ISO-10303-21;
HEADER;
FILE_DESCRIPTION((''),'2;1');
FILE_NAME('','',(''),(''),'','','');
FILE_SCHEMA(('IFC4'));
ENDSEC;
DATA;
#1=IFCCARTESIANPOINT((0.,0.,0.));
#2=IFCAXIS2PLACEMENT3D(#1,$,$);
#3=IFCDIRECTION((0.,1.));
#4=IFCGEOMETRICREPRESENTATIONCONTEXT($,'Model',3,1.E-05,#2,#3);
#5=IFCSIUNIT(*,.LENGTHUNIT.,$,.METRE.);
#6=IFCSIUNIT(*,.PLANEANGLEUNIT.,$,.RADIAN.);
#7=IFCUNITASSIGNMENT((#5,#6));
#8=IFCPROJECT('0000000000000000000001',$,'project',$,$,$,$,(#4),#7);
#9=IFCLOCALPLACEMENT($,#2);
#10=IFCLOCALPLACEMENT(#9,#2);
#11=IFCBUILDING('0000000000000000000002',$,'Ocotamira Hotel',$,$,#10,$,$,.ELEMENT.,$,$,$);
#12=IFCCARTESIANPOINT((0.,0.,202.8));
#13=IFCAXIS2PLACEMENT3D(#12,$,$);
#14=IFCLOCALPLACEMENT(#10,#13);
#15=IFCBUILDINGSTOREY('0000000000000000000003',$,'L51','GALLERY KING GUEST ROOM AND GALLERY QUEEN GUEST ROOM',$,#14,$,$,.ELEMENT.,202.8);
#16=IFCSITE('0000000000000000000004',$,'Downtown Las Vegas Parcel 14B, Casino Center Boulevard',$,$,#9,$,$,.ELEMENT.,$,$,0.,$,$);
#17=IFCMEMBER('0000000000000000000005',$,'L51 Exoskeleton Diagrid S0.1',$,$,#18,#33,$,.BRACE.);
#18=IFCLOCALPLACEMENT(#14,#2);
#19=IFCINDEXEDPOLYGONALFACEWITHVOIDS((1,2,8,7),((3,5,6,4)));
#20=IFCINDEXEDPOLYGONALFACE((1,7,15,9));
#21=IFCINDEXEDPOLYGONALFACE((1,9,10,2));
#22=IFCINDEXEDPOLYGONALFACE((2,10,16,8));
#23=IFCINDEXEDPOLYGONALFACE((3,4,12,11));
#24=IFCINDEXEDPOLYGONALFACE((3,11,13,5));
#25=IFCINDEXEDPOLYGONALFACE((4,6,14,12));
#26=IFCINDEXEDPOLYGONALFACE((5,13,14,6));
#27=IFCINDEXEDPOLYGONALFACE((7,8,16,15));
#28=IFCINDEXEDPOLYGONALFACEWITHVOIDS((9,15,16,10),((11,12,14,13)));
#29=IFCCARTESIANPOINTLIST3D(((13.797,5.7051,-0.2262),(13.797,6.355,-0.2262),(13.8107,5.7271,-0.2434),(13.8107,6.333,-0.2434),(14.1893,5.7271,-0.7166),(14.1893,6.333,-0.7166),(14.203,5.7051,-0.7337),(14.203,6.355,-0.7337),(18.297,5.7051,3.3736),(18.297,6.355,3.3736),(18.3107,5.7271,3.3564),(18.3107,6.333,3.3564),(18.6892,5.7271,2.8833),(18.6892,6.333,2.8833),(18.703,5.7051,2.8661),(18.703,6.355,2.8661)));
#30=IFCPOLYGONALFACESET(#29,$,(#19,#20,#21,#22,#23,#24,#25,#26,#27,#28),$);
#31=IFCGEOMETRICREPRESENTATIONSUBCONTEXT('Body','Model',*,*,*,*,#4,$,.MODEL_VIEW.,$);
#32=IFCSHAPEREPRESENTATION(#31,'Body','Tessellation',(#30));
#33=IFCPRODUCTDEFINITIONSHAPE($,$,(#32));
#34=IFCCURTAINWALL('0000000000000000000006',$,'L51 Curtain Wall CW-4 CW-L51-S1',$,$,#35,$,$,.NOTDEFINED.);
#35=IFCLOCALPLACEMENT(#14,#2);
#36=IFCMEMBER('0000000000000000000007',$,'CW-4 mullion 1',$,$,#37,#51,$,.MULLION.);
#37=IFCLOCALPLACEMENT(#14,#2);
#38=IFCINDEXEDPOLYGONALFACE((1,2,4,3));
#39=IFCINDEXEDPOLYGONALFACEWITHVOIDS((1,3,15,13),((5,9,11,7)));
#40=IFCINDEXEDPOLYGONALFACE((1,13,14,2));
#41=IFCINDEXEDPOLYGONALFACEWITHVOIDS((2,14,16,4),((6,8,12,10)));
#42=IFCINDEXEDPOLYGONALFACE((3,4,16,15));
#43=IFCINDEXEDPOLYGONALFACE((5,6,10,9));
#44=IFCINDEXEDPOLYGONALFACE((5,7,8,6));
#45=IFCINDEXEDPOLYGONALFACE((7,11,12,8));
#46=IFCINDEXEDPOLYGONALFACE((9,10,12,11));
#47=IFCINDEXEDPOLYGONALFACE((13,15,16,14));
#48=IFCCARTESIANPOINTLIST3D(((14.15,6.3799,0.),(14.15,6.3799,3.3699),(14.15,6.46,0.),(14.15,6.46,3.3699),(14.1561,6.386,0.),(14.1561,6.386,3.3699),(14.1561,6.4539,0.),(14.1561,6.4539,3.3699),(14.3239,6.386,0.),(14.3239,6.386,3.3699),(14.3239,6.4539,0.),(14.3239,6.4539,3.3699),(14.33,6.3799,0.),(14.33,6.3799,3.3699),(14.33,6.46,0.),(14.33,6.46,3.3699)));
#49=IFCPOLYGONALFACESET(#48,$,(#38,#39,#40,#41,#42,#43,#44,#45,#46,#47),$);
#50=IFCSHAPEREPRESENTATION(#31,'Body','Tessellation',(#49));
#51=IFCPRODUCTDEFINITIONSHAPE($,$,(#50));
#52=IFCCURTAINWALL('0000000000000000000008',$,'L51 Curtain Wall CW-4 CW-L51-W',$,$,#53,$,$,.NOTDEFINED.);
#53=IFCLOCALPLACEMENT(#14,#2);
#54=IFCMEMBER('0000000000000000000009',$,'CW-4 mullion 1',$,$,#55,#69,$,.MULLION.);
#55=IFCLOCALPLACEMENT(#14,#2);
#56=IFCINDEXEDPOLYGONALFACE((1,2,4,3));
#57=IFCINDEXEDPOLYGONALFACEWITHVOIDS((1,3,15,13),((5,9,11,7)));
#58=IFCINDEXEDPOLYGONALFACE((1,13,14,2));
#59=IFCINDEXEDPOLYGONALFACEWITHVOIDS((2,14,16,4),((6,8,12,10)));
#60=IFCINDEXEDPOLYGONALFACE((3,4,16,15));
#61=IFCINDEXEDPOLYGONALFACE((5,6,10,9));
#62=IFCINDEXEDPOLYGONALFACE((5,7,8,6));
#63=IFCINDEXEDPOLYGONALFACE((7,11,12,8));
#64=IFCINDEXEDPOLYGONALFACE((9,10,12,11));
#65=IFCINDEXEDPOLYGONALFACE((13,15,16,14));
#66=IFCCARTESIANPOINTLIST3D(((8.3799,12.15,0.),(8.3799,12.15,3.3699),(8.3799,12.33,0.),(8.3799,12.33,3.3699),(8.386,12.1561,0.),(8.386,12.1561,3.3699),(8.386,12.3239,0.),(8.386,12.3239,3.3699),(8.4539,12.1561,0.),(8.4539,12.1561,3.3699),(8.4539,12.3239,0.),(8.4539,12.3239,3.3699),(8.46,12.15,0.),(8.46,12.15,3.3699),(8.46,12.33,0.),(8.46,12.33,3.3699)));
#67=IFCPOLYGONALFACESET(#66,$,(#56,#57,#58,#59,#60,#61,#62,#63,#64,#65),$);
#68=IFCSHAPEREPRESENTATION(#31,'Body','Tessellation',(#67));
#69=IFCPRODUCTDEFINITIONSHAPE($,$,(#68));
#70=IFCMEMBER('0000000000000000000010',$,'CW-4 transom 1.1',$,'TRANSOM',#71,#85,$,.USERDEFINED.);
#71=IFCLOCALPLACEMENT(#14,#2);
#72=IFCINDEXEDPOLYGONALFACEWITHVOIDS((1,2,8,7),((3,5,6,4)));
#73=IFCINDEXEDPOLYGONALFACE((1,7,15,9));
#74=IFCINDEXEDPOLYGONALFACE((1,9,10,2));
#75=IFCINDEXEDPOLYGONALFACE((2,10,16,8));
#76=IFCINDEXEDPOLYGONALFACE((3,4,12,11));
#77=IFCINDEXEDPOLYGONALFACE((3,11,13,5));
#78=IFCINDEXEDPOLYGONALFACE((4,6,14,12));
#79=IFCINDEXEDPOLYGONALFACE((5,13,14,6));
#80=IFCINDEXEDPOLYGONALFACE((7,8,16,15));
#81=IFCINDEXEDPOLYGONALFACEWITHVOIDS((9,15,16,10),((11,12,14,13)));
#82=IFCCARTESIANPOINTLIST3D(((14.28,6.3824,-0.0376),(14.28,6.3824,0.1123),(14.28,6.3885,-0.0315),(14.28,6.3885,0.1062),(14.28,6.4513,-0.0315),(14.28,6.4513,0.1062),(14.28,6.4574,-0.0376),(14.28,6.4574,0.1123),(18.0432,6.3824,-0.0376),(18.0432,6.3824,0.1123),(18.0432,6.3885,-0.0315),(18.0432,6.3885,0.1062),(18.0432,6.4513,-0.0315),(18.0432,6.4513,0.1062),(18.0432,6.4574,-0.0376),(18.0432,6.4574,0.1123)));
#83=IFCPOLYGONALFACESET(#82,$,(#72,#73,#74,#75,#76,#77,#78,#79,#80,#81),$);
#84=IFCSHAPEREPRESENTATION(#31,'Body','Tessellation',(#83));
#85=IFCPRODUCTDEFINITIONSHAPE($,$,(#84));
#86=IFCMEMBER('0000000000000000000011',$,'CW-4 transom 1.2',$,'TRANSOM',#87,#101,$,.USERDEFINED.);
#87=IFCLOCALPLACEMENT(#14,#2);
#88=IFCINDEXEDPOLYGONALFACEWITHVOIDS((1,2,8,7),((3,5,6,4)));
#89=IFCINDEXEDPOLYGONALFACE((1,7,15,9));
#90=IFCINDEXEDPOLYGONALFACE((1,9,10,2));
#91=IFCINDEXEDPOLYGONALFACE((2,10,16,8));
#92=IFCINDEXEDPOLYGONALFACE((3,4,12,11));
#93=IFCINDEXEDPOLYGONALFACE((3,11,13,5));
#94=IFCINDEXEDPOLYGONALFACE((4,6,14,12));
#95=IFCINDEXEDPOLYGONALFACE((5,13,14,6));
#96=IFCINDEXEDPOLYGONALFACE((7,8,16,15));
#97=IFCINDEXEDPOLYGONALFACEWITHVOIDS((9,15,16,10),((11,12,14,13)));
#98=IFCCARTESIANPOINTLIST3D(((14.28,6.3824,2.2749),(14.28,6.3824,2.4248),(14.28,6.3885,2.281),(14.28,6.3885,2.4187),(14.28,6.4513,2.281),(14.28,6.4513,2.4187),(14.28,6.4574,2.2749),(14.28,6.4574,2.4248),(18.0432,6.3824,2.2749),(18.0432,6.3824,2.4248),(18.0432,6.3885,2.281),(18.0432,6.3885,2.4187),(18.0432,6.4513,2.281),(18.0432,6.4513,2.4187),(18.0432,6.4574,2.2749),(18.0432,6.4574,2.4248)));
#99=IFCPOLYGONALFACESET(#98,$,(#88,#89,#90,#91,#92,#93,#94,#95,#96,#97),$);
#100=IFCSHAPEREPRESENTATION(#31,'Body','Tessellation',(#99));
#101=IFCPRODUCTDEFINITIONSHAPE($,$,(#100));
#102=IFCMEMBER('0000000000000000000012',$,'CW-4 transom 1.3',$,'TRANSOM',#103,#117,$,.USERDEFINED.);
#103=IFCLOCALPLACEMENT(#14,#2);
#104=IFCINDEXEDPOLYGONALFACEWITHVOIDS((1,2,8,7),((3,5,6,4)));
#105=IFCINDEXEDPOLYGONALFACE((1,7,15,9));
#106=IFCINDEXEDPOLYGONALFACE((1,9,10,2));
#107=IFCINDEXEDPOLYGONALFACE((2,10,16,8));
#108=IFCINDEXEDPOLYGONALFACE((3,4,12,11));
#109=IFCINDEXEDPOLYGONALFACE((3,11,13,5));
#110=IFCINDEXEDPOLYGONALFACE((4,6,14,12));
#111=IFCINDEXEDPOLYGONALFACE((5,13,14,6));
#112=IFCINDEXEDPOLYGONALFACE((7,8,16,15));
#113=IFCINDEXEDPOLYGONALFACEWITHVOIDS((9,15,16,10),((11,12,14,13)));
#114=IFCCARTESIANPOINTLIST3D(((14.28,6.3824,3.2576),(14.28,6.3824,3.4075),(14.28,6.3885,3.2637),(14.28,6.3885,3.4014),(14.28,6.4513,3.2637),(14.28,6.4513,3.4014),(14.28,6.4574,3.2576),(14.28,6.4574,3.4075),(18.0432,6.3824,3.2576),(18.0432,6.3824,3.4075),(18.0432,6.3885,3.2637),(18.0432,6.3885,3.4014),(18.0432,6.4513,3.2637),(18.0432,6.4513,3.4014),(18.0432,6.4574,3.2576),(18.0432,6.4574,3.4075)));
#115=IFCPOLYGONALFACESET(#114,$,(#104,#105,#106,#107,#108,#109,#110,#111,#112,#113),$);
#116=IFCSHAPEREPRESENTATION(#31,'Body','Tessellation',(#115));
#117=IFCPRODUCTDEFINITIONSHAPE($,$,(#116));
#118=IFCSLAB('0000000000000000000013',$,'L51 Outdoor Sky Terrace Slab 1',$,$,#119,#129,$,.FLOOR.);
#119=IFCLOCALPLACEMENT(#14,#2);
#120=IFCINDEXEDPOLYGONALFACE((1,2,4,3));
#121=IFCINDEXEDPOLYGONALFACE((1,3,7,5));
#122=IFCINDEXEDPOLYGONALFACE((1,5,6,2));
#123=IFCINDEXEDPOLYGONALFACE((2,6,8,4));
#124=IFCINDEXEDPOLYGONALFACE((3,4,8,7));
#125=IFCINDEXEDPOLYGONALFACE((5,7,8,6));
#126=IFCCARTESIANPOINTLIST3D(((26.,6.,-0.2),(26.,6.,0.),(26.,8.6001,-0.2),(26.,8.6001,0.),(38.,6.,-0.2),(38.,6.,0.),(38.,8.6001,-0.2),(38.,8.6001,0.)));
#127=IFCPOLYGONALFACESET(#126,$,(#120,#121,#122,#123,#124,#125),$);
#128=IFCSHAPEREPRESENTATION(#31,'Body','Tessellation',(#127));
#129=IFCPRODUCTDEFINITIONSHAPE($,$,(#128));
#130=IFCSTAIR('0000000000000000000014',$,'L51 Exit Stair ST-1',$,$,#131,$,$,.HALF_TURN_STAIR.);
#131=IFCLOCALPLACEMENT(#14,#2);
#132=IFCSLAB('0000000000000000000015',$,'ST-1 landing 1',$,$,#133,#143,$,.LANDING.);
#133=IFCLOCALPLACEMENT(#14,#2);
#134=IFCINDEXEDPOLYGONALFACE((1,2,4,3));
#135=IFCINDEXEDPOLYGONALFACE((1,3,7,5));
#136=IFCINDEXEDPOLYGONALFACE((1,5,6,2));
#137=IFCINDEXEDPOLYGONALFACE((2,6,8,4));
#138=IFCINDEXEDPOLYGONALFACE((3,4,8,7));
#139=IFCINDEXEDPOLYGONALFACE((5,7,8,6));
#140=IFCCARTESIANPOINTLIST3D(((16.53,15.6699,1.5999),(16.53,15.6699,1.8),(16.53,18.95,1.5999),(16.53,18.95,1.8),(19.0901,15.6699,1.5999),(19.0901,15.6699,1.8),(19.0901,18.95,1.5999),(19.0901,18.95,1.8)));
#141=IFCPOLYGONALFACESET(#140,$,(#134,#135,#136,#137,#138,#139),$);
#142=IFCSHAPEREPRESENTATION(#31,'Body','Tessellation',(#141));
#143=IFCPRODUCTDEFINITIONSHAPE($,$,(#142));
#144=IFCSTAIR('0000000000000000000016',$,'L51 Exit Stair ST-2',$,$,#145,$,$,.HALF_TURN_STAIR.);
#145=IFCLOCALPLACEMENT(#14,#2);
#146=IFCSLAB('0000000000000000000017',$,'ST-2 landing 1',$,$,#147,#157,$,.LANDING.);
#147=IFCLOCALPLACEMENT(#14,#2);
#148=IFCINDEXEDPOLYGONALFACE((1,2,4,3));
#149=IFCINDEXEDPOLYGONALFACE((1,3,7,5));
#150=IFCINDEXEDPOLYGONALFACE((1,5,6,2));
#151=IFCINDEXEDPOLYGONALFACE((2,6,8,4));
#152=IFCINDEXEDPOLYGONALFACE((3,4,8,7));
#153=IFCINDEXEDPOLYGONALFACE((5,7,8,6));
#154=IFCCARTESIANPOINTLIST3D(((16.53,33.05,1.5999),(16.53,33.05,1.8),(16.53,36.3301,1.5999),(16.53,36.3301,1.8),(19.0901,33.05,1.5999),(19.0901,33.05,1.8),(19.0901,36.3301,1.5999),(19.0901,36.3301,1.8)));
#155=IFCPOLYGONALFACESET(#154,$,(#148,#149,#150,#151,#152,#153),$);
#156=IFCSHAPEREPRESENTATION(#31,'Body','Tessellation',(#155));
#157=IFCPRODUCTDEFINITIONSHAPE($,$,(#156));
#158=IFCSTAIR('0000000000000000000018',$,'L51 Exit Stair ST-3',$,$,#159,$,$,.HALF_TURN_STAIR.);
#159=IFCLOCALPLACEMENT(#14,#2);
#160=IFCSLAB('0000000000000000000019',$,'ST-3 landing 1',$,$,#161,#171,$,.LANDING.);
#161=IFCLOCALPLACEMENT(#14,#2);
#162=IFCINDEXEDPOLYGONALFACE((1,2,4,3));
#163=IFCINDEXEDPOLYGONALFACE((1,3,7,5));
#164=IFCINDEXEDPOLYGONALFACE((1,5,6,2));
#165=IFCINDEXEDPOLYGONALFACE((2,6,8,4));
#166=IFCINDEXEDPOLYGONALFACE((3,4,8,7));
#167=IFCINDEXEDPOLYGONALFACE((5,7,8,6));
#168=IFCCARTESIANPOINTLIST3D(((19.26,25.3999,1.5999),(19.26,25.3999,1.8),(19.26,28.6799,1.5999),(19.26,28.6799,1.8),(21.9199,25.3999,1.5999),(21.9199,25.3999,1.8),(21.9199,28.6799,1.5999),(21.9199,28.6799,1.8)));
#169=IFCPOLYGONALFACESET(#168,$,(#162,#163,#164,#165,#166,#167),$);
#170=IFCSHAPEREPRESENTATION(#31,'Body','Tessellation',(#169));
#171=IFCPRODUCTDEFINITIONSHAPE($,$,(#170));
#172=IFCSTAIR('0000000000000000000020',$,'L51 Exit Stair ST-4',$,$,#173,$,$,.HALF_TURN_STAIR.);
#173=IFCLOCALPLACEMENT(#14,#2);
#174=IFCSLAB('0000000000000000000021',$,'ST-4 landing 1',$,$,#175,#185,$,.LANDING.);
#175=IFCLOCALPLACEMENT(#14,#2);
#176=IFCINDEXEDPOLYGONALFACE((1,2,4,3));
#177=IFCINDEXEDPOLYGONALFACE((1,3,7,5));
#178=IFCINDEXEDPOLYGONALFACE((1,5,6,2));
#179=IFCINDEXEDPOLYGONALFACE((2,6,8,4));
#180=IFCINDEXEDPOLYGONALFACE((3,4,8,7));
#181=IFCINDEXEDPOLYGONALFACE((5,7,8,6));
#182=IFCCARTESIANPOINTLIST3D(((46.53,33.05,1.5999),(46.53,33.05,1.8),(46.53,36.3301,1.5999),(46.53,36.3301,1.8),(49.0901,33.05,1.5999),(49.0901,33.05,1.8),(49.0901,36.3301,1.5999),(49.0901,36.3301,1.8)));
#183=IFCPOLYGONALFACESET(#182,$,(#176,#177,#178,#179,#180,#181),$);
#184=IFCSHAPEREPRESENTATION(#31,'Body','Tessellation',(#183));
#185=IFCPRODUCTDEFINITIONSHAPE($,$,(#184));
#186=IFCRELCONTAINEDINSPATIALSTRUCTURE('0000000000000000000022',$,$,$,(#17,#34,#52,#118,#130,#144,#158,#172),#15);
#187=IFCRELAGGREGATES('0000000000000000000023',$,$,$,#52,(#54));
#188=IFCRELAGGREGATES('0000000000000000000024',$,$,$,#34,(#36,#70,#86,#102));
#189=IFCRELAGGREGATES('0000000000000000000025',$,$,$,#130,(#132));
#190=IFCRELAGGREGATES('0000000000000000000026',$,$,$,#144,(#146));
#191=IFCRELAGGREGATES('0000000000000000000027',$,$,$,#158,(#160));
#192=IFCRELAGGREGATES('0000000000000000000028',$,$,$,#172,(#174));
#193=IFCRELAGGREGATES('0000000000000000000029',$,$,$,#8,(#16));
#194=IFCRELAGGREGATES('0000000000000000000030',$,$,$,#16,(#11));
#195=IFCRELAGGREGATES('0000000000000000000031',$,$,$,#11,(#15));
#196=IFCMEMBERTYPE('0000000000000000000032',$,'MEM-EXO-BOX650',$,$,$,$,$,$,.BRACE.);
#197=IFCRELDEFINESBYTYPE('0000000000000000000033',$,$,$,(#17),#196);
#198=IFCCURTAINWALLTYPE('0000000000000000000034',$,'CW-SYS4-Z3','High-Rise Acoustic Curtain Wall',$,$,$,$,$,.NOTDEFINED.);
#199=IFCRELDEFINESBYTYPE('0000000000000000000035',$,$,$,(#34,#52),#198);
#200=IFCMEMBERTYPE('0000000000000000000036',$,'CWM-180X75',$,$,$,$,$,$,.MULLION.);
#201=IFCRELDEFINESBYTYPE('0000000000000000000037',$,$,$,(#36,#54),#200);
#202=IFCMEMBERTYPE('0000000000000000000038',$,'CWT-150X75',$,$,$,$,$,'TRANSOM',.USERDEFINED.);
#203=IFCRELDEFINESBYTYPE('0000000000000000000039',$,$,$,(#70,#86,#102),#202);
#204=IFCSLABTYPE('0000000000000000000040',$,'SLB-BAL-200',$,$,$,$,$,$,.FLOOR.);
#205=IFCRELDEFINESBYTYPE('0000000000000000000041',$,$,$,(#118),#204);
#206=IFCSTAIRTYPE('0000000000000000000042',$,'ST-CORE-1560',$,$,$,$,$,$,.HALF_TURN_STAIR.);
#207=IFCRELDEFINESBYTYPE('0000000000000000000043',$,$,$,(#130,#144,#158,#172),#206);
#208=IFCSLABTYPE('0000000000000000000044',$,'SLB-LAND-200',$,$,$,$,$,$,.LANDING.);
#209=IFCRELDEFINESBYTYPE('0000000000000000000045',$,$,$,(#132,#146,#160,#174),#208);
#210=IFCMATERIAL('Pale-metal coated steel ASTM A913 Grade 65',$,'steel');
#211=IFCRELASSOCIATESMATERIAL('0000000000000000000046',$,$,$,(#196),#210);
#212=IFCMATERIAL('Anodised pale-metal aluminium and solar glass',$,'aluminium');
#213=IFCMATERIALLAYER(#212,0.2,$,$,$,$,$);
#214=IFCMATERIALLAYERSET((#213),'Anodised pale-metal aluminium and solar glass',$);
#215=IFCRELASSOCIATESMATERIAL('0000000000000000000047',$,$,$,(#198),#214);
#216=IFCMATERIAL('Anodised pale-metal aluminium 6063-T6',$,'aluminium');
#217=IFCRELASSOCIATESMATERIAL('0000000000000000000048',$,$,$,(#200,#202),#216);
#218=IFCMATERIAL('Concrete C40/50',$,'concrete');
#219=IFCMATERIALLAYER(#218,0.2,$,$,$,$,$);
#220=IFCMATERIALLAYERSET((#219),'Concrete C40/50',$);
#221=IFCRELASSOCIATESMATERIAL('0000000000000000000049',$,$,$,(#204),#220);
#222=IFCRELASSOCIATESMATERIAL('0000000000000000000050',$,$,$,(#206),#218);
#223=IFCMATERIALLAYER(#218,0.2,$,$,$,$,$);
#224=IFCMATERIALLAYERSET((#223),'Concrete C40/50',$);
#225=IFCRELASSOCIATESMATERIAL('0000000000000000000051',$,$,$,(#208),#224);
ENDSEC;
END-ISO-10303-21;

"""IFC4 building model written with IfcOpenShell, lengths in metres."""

from ifc_helpers import new_model, si_unit, direction, frame, origin, origin_2d, place, context, subcontext, project, spatial, polyline, hollow_rectangle, outline, extrude, source, transform, mapped, material, layer, layer_set, material_profile, profile_set, type_object, element, aggregate, save


model = new_model("IFC4")

# Units and contexts
model_context = context("Model", 3, precision=1e-05, world=origin(), true_north=direction((0.0, 1.0)))
body_context = subcontext(model_context, "Body", "Model", "MODEL_VIEW")
ifc_project = project(units=[si_unit("LENGTHUNIT", "METRE"), si_unit("PLANEANGLEUNIT", "RADIAN")], contexts=[model_context])

# Site, building, storey
site_placement = place(None, origin())
site = spatial("IfcSite", under=ifc_project, at=site_placement, Name="Downtown Las Vegas Parcel 14B, Casino Center Boulevard", CompositionType="ELEMENT", RefElevation=0.0)
building_placement = place(site_placement, origin())
building = spatial("IfcBuilding", under=site, at=building_placement, Name="Ocotamira Hotel", CompositionType="ELEMENT")
storey_placement = place(building_placement, frame((0.0, 0.0, 202.8)))
storey = spatial("IfcBuildingStorey", under=building, at=storey_placement, Name="L51", Description="GALLERY KING GUEST ROOM AND GALLERY QUEEN GUEST ROOM", CompositionType="ELEMENT", Elevation=202.8)

# Member
ifc_material_1 = material(Name="Pale-metal coated steel ASTM A913 Grade 65", Category="steel")
ifc_material_profile_1 = material_profile(ifc_material_1, hollow_rectangle(XDim=0.6499, YDim=0.6499, WallThickness=0.022, at=origin_2d()), Name="BOX650X650X22")
ifc_profile_set_1 = profile_set([ifc_material_profile_1], Name="Pale-metal coated steel ASTM A913 Grade 65")
member_type_1 = type_object("IfcMemberType", Name="MEM-EXO-BOX650", PredefinedType="BRACE", material=ifc_profile_set_1)
shared_shape_1 = source(origin(), body_context, "Body", "SweptSolid", [
    extrude(hollow_rectangle(XDim=0.6499, YDim=0.6499, WallThickness=0.022, at=origin_2d()), origin(), (0.0, 0.0, 1.0), 5.7627),
])
member_1_placement = place(storey_placement, frame((14.0, 6.03, -0.48), z_axis=(0.780881, 0.0, 0.62468), x_axis=(0.0, 1.0, 0.0)))
element("IfcMember", 1, at=member_1_placement, inside=storey, type_object=member_type_1, Name="L51 Exoskeleton Diagrid S0.1", PredefinedType="BRACE", context=body_context, shape_type="MappedRepresentation", body=[
    mapped(shared_shape_1, transform((0.0, 0.0, 0.0), scale=1.0)),
])

# Curtain walls, members
ifc_material_2 = material(Name="Anodised pale-metal aluminium and solar glass", Category="aluminium")
ifc_layer_1 = layer(ifc_material_2, 0.2)
ifc_layer_set_1 = layer_set([ifc_layer_1], Name="Anodised pale-metal aluminium and solar glass")
curtain_wall_type = type_object("IfcCurtainWallType", Name="CW-SYS4-Z3", Description="High-Rise Acoustic Curtain Wall", PredefinedType="NOTDEFINED", material=ifc_layer_set_1)
curtain_wall_1_placement = place(storey_placement, origin())
curtain_wall_1 = element("IfcCurtainWall", 2, at=curtain_wall_1_placement, inside=storey, type_object=curtain_wall_type, Name="L51 Curtain Wall CW-4 CW-L51-S1", PredefinedType="NOTDEFINED")
ifc_material_3 = material(Name="Anodised pale-metal aluminium 6063-T6", Category="aluminium")
ifc_material_profile_2 = material_profile(ifc_material_3, hollow_rectangle(XDim=0.0801, YDim=0.1799, WallThickness=0.0061, at=origin_2d()), Name="HSS180X80X6")
ifc_profile_set_2 = profile_set([ifc_material_profile_2], Name="Anodised pale-metal aluminium 6063-T6")
member_type_2 = type_object("IfcMemberType", Name="CWM-180X75", PredefinedType="MULLION", material=ifc_profile_set_2)
shared_shape_2 = source(origin(), body_context, "Body", "SweptSolid", [
    extrude(hollow_rectangle(XDim=0.0801, YDim=0.1799, WallThickness=0.0061, at=origin_2d()), origin(), (0.0, 0.0, 1.0), 3.3699),
])
member_2_placement = place(storey_placement, frame((14.24, 6.4199, 0.0), z_axis=(0.0, 0.0, 1.0), x_axis=(0.0, 1.0, 0.0)))
member_2 = element("IfcMember", 3, at=member_2_placement, type_object=member_type_2, Name="CW-4 mullion 1", PredefinedType="MULLION", context=body_context, shape_type="MappedRepresentation", body=[
    mapped(shared_shape_2, transform((0.0, 0.0, 0.0), scale=1.0)),
])
curtain_wall_2_placement = place(storey_placement, origin())
curtain_wall_2 = element("IfcCurtainWall", 4, at=curtain_wall_2_placement, inside=storey, type_object=curtain_wall_type, Name="L51 Curtain Wall CW-4 CW-L51-W", PredefinedType="NOTDEFINED")
member_3_placement = place(storey_placement, frame((8.4199, 12.24, 0.0), z_axis=(0.0, 0.0, 1.0), x_axis=(-1.0, 0.0, 0.0)))
member_3 = element("IfcMember", 5, at=member_3_placement, type_object=member_type_2, Name="CW-4 mullion 1", PredefinedType="MULLION", context=body_context, shape_type="MappedRepresentation", body=[
    mapped(shared_shape_2, transform((0.0, 0.0, 0.0), scale=1.0)),
])
aggregate(curtain_wall_2, [member_3])

# Members
ifc_material_profile_3 = material_profile(ifc_material_3, hollow_rectangle(XDim=0.075, YDim=0.1499, WallThickness=0.0061, at=origin_2d()), Name="HSS150X75X6")
ifc_profile_set_3 = profile_set([ifc_material_profile_3], Name="Anodised pale-metal aluminium 6063-T6")
member_type_3 = type_object("IfcMemberType", Name="CWT-150X75", ElementType="TRANSOM", PredefinedType="USERDEFINED", material=ifc_profile_set_3)
shared_shape_3 = source(origin(), body_context, "Body", "SweptSolid", [
    extrude(hollow_rectangle(XDim=0.075, YDim=0.1499, WallThickness=0.0061, at=origin_2d()), origin(), (0.0, 0.0, 1.0), 3.7632),
])
member_4_placement = place(storey_placement, frame((14.28, 6.4199, 0.0374), z_axis=(1.0, 0.0, 0.0), x_axis=(0.0, 1.0, 0.0)))
member_4 = element("IfcMember", 6, at=member_4_placement, type_object=member_type_3, Name="CW-4 transom 1.1", ObjectType="TRANSOM", PredefinedType="USERDEFINED", context=body_context, shape_type="MappedRepresentation", body=[
    mapped(shared_shape_3, transform((0.0, 0.0, 0.0), scale=1.0)),
])
member_5_placement = place(storey_placement, frame((14.28, 6.4199, 2.3499), z_axis=(1.0, 0.0, 0.0), x_axis=(0.0, 1.0, 0.0)))
member_5 = element("IfcMember", 7, at=member_5_placement, type_object=member_type_3, Name="CW-4 transom 1.2", ObjectType="TRANSOM", PredefinedType="USERDEFINED", context=body_context, shape_type="MappedRepresentation", body=[
    mapped(shared_shape_3, transform((0.0, 0.0, 0.0), scale=1.0)),
])
member_6_placement = place(storey_placement, frame((14.28, 6.4199, 3.3325), z_axis=(1.0, 0.0, 0.0), x_axis=(0.0, 1.0, 0.0)))
member_6 = element("IfcMember", 8, at=member_6_placement, type_object=member_type_3, Name="CW-4 transom 1.3", ObjectType="TRANSOM", PredefinedType="USERDEFINED", context=body_context, shape_type="MappedRepresentation", body=[
    mapped(shared_shape_3, transform((0.0, 0.0, 0.0), scale=1.0)),
])
aggregate(curtain_wall_1, [member_2, member_4, member_5, member_6])

# Slab
ifc_material_4 = material(Name="Concrete C40/50", Category="concrete")
ifc_layer_2 = layer(ifc_material_4, 0.2)
ifc_layer_set_2 = layer_set([ifc_layer_2], Name="Concrete C40/50")
slab_type_1 = type_object("IfcSlabType", Name="SLB-BAL-200", PredefinedType="FLOOR", material=ifc_layer_set_2)
slab_1_placement = place(storey_placement, frame((0.0, 0.0, -0.2)))
element("IfcSlab", 9, at=slab_1_placement, inside=storey, type_object=slab_type_1, Name="L51 Outdoor Sky Terrace Slab 1", PredefinedType="FLOOR", context=body_context, shape_type="SweptSolid", body=[
    extrude(outline(polyline([(26.0, 6.0), (38.0, 6.0), (38.0, 8.6001), (26.0, 8.6001), (26.0, 6.0)])), origin(), (0.0, 0.0, 1.0), 0.2),
])

# Stairs, slabs
stair_type = type_object("IfcStairType", Name="ST-CORE-1560", PredefinedType="HALF_TURN_STAIR", material=ifc_material_4)
stair_1_placement = place(storey_placement, origin())
stair_1 = element("IfcStair", 10, at=stair_1_placement, inside=storey, type_object=stair_type, Name="L51 Exit Stair ST-1", PredefinedType="HALF_TURN_STAIR")
ifc_layer_3 = layer(ifc_material_4, 0.2)
ifc_layer_set_3 = layer_set([ifc_layer_3], Name="Concrete C40/50")
slab_type_2 = type_object("IfcSlabType", Name="SLB-LAND-200", PredefinedType="LANDING", material=ifc_layer_set_3)
slab_2_placement = place(storey_placement, frame((0.0, 0.0, 1.5999)))
slab_2 = element("IfcSlab", 11, at=slab_2_placement, type_object=slab_type_2, Name="ST-1 landing 1", PredefinedType="LANDING", context=body_context, shape_type="SweptSolid", body=[
    extrude(outline(polyline([(16.53, 15.6699), (19.0901, 15.6699), (19.0901, 18.95), (16.53, 18.95), (16.53, 15.6699)])), origin(), (0.0, 0.0, 1.0), 0.2002),
])
aggregate(stair_1, [slab_2])
stair_2_placement = place(storey_placement, origin())
stair_2 = element("IfcStair", 12, at=stair_2_placement, inside=storey, type_object=stair_type, Name="L51 Exit Stair ST-2", PredefinedType="HALF_TURN_STAIR")
slab_3_placement = place(storey_placement, frame((0.0, 0.0, 1.5999)))
slab_3 = element("IfcSlab", 13, at=slab_3_placement, type_object=slab_type_2, Name="ST-2 landing 1", PredefinedType="LANDING", context=body_context, shape_type="SweptSolid", body=[
    extrude(outline(polyline([(16.53, 33.05), (19.0901, 33.05), (19.0901, 36.3301), (16.53, 36.3301), (16.53, 33.05)])), origin(), (0.0, 0.0, 1.0), 0.2002),
])
aggregate(stair_2, [slab_3])
stair_3_placement = place(storey_placement, origin())
stair_3 = element("IfcStair", 14, at=stair_3_placement, inside=storey, type_object=stair_type, Name="L51 Exit Stair ST-3", PredefinedType="HALF_TURN_STAIR")
slab_4_placement = place(storey_placement, frame((0.0, 0.0, 1.5999)))
slab_4 = element("IfcSlab", 15, at=slab_4_placement, type_object=slab_type_2, Name="ST-3 landing 1", PredefinedType="LANDING", context=body_context, shape_type="SweptSolid", body=[
    extrude(outline(polyline([(19.26, 25.3999), (21.9199, 25.3999), (21.9199, 28.6799), (19.26, 28.6799), (19.26, 25.3999)])), origin(), (0.0, 0.0, 1.0), 0.2002),
])
aggregate(stair_3, [slab_4])
stair_4_placement = place(storey_placement, origin())
stair_4 = element("IfcStair", 16, at=stair_4_placement, inside=storey, type_object=stair_type, Name="L51 Exit Stair ST-4", PredefinedType="HALF_TURN_STAIR")
slab_5_placement = place(storey_placement, frame((0.0, 0.0, 1.5999)))
slab_5 = element("IfcSlab", 17, at=slab_5_placement, type_object=slab_type_2, Name="ST-4 landing 1", PredefinedType="LANDING", context=body_context, shape_type="SweptSolid", body=[
    extrude(outline(polyline([(46.53, 33.05), (49.0901, 33.05), (49.0901, 36.3301), (46.53, 36.3301), (46.53, 33.05)])), origin(), (0.0, 0.0, 1.0), 0.2002),
])
aggregate(stair_4, [slab_5])

save(model, "model.ifc")
